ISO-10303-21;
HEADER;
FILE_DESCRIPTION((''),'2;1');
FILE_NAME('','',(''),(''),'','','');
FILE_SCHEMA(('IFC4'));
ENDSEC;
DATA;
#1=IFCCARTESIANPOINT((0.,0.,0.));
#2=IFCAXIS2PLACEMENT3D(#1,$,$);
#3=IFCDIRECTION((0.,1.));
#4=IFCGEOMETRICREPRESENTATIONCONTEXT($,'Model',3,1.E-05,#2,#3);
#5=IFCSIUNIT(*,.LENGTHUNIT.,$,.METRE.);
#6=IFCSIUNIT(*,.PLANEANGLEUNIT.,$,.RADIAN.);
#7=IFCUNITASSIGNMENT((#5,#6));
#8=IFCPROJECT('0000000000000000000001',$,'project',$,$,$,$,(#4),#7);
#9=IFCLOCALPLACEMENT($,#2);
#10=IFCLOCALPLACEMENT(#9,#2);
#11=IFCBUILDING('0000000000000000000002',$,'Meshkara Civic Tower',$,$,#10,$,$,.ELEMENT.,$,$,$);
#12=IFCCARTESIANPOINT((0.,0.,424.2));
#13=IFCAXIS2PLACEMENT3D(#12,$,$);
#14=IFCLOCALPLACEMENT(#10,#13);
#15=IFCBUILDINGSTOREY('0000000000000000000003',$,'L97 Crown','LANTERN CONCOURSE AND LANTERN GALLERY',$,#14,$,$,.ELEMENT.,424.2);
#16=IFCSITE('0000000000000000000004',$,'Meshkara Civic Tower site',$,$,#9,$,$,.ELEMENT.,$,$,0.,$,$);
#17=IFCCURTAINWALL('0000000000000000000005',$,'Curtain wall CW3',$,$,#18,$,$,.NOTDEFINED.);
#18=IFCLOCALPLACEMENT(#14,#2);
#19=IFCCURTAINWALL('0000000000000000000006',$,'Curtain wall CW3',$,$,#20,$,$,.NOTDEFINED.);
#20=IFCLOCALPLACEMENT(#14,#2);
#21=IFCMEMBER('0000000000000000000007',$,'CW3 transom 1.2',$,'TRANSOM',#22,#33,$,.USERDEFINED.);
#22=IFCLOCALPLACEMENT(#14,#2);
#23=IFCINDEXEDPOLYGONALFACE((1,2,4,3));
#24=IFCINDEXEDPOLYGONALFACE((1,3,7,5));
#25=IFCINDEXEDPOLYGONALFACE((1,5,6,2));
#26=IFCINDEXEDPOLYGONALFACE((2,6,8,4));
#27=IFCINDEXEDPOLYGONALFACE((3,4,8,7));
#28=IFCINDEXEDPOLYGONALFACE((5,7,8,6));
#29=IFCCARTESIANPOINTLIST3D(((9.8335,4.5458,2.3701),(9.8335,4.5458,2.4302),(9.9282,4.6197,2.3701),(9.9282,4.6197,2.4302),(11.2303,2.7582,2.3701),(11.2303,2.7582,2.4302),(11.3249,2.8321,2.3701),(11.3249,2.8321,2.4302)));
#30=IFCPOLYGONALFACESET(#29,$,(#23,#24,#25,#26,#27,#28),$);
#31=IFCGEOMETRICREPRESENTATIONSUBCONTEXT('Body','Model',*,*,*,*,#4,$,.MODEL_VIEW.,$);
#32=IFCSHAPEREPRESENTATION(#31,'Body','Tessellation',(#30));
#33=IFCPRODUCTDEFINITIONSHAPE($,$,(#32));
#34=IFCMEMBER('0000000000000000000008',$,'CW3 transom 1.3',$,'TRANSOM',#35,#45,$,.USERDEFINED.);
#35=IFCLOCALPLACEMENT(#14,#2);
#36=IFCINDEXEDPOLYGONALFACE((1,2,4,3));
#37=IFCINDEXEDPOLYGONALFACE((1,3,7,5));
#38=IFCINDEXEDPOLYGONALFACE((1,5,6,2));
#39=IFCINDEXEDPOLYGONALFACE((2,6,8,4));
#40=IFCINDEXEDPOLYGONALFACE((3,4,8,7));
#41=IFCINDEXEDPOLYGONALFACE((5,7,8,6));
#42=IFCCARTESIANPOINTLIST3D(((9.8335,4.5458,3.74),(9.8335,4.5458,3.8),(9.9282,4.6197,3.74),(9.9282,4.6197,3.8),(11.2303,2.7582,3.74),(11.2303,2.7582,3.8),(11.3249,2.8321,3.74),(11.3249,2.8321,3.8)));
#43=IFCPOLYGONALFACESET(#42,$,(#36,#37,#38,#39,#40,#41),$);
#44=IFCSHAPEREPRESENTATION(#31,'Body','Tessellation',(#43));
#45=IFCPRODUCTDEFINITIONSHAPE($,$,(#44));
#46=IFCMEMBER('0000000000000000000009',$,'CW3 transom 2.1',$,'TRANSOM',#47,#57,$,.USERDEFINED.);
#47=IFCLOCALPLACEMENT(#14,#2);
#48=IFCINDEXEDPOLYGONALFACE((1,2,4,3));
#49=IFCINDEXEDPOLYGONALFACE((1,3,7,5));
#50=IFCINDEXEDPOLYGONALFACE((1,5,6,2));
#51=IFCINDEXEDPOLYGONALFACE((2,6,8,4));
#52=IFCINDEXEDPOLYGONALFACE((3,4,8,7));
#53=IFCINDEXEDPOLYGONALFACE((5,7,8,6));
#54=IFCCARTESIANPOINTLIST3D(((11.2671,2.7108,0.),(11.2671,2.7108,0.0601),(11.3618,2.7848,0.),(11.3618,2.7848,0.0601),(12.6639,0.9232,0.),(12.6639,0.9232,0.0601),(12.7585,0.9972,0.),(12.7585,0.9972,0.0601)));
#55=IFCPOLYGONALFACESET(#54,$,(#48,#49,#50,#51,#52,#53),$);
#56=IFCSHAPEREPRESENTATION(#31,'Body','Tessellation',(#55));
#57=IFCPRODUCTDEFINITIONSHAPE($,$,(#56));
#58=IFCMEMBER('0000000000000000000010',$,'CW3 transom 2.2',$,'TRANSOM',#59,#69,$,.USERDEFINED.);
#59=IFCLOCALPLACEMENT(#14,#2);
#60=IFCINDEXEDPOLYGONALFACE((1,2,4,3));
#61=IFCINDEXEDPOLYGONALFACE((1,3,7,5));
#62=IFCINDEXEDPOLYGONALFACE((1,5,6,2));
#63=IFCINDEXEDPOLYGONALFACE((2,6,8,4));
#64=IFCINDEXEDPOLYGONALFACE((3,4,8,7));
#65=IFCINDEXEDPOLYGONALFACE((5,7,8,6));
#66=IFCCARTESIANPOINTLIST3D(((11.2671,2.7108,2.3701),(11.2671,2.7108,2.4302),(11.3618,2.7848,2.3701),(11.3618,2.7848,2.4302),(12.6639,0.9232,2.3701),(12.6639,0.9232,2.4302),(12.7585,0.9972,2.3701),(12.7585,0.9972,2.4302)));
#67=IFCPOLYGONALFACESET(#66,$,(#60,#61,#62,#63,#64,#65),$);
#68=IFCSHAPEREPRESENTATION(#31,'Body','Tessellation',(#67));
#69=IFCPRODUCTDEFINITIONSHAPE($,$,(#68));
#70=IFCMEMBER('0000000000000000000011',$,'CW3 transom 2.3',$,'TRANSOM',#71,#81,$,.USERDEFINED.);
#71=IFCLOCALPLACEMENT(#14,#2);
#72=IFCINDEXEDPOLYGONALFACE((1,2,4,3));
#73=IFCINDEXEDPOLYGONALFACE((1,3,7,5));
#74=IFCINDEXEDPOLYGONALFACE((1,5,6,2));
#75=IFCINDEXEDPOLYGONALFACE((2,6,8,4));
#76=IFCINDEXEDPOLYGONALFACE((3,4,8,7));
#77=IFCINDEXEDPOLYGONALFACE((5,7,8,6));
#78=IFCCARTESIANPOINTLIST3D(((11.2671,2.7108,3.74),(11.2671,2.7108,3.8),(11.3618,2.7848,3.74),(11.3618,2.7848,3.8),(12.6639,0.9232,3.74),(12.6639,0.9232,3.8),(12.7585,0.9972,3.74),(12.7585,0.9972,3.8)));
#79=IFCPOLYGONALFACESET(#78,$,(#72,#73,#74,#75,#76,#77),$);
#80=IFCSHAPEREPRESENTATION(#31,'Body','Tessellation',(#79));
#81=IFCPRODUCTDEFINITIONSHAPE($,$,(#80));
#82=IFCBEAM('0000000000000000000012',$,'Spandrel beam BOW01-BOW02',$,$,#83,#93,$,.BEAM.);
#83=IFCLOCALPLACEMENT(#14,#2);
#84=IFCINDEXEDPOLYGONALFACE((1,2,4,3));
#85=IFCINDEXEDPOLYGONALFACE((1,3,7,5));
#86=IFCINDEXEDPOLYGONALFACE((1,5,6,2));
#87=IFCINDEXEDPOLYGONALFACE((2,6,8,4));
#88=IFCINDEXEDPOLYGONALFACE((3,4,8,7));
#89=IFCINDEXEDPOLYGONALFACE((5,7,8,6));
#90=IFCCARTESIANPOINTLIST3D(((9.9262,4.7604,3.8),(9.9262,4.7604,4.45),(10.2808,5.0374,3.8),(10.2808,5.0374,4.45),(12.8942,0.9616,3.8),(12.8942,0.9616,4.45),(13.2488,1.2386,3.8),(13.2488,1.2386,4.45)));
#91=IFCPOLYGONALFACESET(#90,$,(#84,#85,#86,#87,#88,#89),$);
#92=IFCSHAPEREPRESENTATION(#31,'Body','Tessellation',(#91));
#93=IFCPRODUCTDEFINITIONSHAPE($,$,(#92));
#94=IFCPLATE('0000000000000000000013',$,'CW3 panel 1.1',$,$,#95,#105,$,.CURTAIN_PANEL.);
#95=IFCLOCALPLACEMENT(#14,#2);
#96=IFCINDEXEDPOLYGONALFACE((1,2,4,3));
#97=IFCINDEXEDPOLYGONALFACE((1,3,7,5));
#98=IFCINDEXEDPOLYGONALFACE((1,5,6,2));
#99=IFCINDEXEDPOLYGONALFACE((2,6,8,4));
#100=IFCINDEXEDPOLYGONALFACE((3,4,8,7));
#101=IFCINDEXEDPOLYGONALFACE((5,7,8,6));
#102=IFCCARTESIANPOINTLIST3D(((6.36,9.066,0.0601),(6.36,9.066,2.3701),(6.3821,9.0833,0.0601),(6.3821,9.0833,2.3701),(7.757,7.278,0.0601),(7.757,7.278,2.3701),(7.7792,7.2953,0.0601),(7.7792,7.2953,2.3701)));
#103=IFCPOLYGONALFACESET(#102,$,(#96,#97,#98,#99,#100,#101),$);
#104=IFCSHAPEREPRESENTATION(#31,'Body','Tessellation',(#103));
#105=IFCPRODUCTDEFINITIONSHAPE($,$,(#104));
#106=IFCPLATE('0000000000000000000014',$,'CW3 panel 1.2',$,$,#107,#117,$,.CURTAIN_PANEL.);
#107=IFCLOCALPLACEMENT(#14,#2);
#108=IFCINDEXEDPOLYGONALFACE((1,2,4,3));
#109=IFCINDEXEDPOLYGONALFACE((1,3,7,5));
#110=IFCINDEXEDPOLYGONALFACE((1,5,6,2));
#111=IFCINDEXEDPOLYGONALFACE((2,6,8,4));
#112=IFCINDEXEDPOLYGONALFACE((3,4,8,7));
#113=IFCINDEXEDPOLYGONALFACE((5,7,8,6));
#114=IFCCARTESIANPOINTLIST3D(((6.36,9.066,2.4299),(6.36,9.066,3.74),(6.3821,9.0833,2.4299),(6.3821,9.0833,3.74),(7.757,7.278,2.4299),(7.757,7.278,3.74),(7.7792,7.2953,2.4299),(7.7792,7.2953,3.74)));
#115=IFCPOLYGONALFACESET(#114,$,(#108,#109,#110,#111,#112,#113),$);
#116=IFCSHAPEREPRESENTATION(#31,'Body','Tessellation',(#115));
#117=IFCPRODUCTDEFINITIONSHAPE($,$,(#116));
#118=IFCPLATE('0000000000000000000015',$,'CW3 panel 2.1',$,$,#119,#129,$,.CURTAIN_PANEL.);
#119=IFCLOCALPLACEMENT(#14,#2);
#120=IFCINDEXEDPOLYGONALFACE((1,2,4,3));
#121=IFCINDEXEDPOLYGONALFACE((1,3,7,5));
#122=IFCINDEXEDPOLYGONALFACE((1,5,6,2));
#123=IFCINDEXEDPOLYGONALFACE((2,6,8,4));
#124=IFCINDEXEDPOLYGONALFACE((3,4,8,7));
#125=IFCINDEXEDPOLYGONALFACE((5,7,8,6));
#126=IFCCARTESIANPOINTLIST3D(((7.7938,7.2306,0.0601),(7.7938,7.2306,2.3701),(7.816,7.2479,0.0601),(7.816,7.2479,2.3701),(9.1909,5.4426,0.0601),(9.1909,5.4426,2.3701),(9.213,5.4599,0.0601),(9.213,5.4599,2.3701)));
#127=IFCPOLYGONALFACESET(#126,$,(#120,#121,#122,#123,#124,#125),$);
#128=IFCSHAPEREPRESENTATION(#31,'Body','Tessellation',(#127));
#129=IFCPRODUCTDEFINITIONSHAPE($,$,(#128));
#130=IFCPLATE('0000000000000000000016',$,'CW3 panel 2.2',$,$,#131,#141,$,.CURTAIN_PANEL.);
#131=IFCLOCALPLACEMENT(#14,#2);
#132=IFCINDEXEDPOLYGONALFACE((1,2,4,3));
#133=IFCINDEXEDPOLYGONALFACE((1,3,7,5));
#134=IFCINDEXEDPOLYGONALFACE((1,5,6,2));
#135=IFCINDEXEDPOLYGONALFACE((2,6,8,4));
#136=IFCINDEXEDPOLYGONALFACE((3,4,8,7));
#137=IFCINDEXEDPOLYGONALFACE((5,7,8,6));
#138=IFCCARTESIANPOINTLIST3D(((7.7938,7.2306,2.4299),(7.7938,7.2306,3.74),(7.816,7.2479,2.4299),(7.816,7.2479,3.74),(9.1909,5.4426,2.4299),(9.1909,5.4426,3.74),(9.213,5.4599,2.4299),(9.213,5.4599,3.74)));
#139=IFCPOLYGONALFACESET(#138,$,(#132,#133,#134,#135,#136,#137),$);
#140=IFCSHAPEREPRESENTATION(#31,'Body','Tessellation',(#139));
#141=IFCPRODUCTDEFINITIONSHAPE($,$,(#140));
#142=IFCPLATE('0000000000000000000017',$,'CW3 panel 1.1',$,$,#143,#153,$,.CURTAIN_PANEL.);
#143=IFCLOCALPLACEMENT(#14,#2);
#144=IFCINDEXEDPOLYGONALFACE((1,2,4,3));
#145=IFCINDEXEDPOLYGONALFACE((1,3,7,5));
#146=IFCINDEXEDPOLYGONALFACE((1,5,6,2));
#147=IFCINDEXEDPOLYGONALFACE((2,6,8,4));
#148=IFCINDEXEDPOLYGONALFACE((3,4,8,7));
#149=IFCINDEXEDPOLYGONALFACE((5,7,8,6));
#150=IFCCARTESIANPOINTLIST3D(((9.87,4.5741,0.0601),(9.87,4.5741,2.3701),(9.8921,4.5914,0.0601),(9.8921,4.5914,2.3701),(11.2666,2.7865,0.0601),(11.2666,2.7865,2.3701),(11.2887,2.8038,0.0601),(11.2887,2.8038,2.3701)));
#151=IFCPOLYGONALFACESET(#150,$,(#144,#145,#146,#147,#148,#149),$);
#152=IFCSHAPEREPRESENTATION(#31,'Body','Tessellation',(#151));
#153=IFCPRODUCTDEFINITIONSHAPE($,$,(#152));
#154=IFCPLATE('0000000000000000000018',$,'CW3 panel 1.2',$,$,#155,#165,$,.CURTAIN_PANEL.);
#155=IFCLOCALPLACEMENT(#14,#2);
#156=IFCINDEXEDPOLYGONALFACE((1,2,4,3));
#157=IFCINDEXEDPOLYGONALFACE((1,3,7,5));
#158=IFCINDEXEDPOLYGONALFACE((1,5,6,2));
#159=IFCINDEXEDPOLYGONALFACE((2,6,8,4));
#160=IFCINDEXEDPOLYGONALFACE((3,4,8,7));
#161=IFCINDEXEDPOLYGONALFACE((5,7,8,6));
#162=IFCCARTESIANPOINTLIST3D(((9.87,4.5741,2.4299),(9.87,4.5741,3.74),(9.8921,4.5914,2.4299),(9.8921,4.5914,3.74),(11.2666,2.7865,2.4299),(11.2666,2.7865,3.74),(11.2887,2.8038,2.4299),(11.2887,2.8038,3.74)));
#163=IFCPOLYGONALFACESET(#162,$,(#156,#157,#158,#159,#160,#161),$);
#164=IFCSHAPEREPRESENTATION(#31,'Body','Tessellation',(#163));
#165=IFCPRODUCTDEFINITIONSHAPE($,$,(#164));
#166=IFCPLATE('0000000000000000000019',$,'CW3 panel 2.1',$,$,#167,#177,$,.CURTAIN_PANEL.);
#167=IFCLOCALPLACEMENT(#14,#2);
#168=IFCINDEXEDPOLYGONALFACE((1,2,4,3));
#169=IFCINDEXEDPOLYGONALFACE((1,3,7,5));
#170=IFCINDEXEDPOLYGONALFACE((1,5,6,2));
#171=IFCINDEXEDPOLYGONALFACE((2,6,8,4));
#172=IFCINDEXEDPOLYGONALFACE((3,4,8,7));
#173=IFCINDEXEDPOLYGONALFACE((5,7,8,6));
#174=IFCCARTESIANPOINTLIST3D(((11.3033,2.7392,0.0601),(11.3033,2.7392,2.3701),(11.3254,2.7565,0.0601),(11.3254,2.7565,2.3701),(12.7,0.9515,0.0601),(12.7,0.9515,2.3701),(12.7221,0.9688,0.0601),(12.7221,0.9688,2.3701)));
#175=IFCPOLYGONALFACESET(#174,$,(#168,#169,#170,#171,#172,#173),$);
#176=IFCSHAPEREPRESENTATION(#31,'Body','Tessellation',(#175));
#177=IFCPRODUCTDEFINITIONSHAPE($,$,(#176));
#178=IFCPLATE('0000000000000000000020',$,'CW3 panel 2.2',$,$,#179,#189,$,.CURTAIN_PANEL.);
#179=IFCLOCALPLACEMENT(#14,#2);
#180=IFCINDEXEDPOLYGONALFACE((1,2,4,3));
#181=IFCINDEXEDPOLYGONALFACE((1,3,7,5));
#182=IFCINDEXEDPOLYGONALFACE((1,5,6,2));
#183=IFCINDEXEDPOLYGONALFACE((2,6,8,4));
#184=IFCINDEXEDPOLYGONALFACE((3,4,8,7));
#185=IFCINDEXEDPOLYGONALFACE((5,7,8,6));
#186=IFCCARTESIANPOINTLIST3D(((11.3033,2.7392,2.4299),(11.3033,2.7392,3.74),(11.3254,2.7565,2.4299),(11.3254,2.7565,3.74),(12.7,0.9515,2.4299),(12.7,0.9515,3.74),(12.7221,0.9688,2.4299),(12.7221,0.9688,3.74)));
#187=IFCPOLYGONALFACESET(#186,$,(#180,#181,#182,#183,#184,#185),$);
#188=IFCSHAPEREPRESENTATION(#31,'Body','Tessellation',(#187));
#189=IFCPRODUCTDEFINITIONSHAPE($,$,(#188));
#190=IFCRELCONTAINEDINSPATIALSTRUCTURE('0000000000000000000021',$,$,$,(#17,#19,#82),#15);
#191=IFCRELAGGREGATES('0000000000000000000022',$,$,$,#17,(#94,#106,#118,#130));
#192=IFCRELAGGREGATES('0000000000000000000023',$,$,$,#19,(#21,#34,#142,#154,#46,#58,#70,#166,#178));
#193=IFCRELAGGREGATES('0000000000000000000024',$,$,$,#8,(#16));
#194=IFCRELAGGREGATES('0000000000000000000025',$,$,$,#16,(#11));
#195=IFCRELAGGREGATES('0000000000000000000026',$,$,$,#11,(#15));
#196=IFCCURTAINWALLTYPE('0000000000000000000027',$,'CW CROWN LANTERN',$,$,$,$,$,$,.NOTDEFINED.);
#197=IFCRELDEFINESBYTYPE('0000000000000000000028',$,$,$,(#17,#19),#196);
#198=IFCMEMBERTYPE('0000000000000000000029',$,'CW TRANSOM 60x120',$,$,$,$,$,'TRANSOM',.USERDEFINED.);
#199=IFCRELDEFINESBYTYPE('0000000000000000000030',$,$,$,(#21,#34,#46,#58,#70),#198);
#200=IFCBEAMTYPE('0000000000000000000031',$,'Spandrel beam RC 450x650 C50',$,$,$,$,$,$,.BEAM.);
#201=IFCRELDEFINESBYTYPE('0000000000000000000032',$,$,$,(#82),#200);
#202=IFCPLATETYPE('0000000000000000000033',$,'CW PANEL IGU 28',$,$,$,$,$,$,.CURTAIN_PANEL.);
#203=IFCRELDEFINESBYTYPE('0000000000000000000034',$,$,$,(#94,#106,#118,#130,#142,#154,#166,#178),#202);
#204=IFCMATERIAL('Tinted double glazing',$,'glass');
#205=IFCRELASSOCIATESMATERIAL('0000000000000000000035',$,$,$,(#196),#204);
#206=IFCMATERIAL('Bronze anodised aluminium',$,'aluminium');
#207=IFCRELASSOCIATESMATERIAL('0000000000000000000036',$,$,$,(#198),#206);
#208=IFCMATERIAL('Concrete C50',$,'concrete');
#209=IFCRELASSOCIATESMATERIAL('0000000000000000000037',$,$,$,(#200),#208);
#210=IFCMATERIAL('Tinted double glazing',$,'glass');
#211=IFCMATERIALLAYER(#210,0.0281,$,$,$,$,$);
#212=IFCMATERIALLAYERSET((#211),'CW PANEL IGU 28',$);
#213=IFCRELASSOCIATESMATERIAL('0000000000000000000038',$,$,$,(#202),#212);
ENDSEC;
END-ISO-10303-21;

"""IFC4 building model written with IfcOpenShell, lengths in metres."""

from ifc_helpers import new_model, si_unit, direction, frame, origin, origin_2d, place, context, subcontext, project, spatial, rectangle, extrude, material, layer, layer_set, material_profile, profile_set, type_object, element, aggregate, save


model = new_model("IFC4")

# Units and contexts
model_context = context("Model", 3, precision=1e-05, world=origin(), true_north=direction((0.0, 1.0)))
body_context = subcontext(model_context, "Body", "Model", "MODEL_VIEW")
ifc_project = project(units=[si_unit("LENGTHUNIT", "METRE"), si_unit("PLANEANGLEUNIT", "RADIAN")], contexts=[model_context])

# Site, building, storey
site_placement = place(None, origin())
site = spatial("IfcSite", under=ifc_project, at=site_placement, Name="Meshkara Civic Tower site", CompositionType="ELEMENT", RefElevation=0.0)
building_placement = place(site_placement, origin())
building = spatial("IfcBuilding", under=site, at=building_placement, Name="Meshkara Civic Tower", CompositionType="ELEMENT")
storey_placement = place(building_placement, frame((0.0, 0.0, 424.2)))
storey = spatial("IfcBuildingStorey", under=building, at=storey_placement, Name="L97 Crown", Description="LANTERN CONCOURSE AND LANTERN GALLERY", CompositionType="ELEMENT", Elevation=424.2)

# Curtain walls
ifc_material_1 = material(Name="Tinted double glazing", Category="glass")
curtain_wall_type = type_object("IfcCurtainWallType", Name="CW CROWN LANTERN", PredefinedType="NOTDEFINED", material=ifc_material_1)
curtain_wall_1_placement = place(storey_placement, origin())
curtain_wall_1 = element("IfcCurtainWall", 1, at=curtain_wall_1_placement, inside=storey, type_object=curtain_wall_type, Name="Curtain wall CW3", PredefinedType="NOTDEFINED")
curtain_wall_2_placement = place(storey_placement, origin())
curtain_wall_2 = element("IfcCurtainWall", 2, at=curtain_wall_2_placement, inside=storey, type_object=curtain_wall_type, Name="Curtain wall CW3", PredefinedType="NOTDEFINED")

# Members
ifc_material_2 = material(Name="Bronze anodised aluminium", Category="aluminium")
ifc_material_profile_1 = material_profile(ifc_material_2, rectangle(XDim=0.1201, YDim=0.0601, at=origin_2d()))
ifc_profile_set_1 = profile_set([ifc_material_profile_1], Name="Bronze anodised aluminium")
member_type_1 = type_object("IfcMemberType", Name="CW TRANSOM 60x120", ElementType="TRANSOM", PredefinedType="USERDEFINED", material=ifc_profile_set_1)
member_1_placement = place(storey_placement, frame((9.8809, 4.5828, 2.4001), z_axis=(0.61569, -0.787988, 0.0), x_axis=(0.787988, 0.61569, 0.0)))
member_1 = element("IfcMember", 3, at=member_1_placement, type_object=member_type_1, Name="CW3 transom 1.2", ObjectType="TRANSOM", PredefinedType="USERDEFINED", context=body_context, shape_type="SweptSolid", body=[
    extrude(rectangle(XDim=0.1201, YDim=0.0601, at=origin_2d()), origin(), (0.0, 0.0, 1.0), 2.2686),
])
member_2_placement = place(storey_placement, frame((9.8809, 4.5828, 3.77), z_axis=(0.61569, -0.787988, 0.0), x_axis=(0.787988, 0.61569, 0.0)))
member_2 = element("IfcMember", 4, at=member_2_placement, type_object=member_type_1, Name="CW3 transom 1.3", ObjectType="TRANSOM", PredefinedType="USERDEFINED", context=body_context, shape_type="SweptSolid", body=[
    extrude(rectangle(XDim=0.1201, YDim=0.0601, at=origin_2d()), origin(), (0.0, 0.0, 1.0), 2.2686),
])
member_3_placement = place(storey_placement, frame((11.3145, 2.7478, 0.03), z_axis=(0.61569, -0.787988, 0.0), x_axis=(0.787988, 0.61569, 0.0)))
member_3 = element("IfcMember", 5, at=member_3_placement, type_object=member_type_1, Name="CW3 transom 2.1", ObjectType="TRANSOM", PredefinedType="USERDEFINED", context=body_context, shape_type="SweptSolid", body=[
    extrude(rectangle(XDim=0.1201, YDim=0.0601, at=origin_2d()), origin(), (0.0, 0.0, 1.0), 2.2686),
])
member_4_placement = place(storey_placement, frame((11.3145, 2.7478, 2.4001), z_axis=(0.61569, -0.787988, 0.0), x_axis=(0.787988, 0.61569, 0.0)))
member_4 = element("IfcMember", 6, at=member_4_placement, type_object=member_type_1, Name="CW3 transom 2.2", ObjectType="TRANSOM", PredefinedType="USERDEFINED", context=body_context, shape_type="SweptSolid", body=[
    extrude(rectangle(XDim=0.1201, YDim=0.0601, at=origin_2d()), origin(), (0.0, 0.0, 1.0), 2.2686),
])
member_5_placement = place(storey_placement, frame((11.3145, 2.7478, 3.77), z_axis=(0.61569, -0.787988, 0.0), x_axis=(0.787988, 0.61569, 0.0)))
member_5 = element("IfcMember", 7, at=member_5_placement, type_object=member_type_1, Name="CW3 transom 2.3", ObjectType="TRANSOM", PredefinedType="USERDEFINED", context=body_context, shape_type="SweptSolid", body=[
    extrude(rectangle(XDim=0.1201, YDim=0.0601, at=origin_2d()), origin(), (0.0, 0.0, 1.0), 2.2686),
])

# Beam
ifc_material_3 = material(Name="Concrete C50", Category="concrete")
ifc_material_profile_2 = material_profile(ifc_material_3, rectangle(XDim=0.45, YDim=0.6499, at=origin_2d()))
ifc_profile_set_2 = profile_set([ifc_material_profile_2], Name="Concrete C50")
beam_type = type_object("IfcBeamType", Name="Spandrel beam RC 450x650 C50", PredefinedType="BEAM", material=ifc_profile_set_2)
beam_placement = place(storey_placement, frame((10.1035, 4.8989, 4.125), z_axis=(0.615668, -0.788006, 0.0), x_axis=(0.788006, 0.615668, 0.0)))
element("IfcBeam", 8, at=beam_placement, inside=storey, type_object=beam_type, Name="Spandrel beam BOW01-BOW02", PredefinedType="BEAM", context=body_context, shape_type="SweptSolid", body=[
    extrude(rectangle(XDim=0.45, YDim=0.6499, at=origin_2d()), origin(), (0.0, 0.0, 1.0), 4.8208),
])

# Plates
ifc_material_4 = material(Name="Tinted double glazing", Category="glass")
ifc_layer_1 = layer(ifc_material_4, 0.0281)
ifc_layer_set_1 = layer_set([ifc_layer_1], Name="CW PANEL IGU 28")
plate_type = type_object("IfcPlateType", Name="CW PANEL IGU 28", PredefinedType="CURTAIN_PANEL", material=ifc_layer_set_1)
plate_1_placement = place(storey_placement, frame((7.0696, 8.1807, 0.0601), z_axis=(0.0, 0.0, 1.0), x_axis=(0.615685, -0.787992, 0.0)))
plate_1 = element("IfcPlate", 9, at=plate_1_placement, type_object=plate_type, Name="CW3 panel 1.1", PredefinedType="CURTAIN_PANEL", context=body_context, shape_type="SweptSolid", body=[
    extrude(rectangle(XDim=2.269, YDim=0.0281, at=origin_2d()), origin(), (0.0, 0.0, 1.0), 2.3101),
])
plate_2_placement = place(storey_placement, frame((7.0696, 8.1807, 2.4299), z_axis=(0.0, 0.0, 1.0), x_axis=(0.615685, -0.787992, 0.0)))
plate_2 = element("IfcPlate", 10, at=plate_2_placement, type_object=plate_type, Name="CW3 panel 1.2", PredefinedType="CURTAIN_PANEL", context=body_context, shape_type="SweptSolid", body=[
    extrude(rectangle(XDim=2.269, YDim=0.0281, at=origin_2d()), origin(), (0.0, 0.0, 1.0), 1.3101),
])
plate_3_placement = place(storey_placement, frame((8.5034, 6.3452, 0.0601), z_axis=(0.0, 0.0, 1.0), x_axis=(0.615685, -0.787992, 0.0)))
plate_3 = element("IfcPlate", 11, at=plate_3_placement, type_object=plate_type, Name="CW3 panel 2.1", PredefinedType="CURTAIN_PANEL", context=body_context, shape_type="SweptSolid", body=[
    extrude(rectangle(XDim=2.269, YDim=0.0281, at=origin_2d()), origin(), (0.0, 0.0, 1.0), 2.3101),
])
plate_4_placement = place(storey_placement, frame((8.5034, 6.3452, 2.4299), z_axis=(0.0, 0.0, 1.0), x_axis=(0.615685, -0.787992, 0.0)))
plate_4 = element("IfcPlate", 12, at=plate_4_placement, type_object=plate_type, Name="CW3 panel 2.2", PredefinedType="CURTAIN_PANEL", context=body_context, shape_type="SweptSolid", body=[
    extrude(rectangle(XDim=2.269, YDim=0.0281, at=origin_2d()), origin(), (0.0, 0.0, 1.0), 1.3101),
])
aggregate(curtain_wall_1, [plate_1, plate_2, plate_3, plate_4])
plate_5_placement = place(storey_placement, frame((10.5793, 3.689, 0.0601), z_axis=(0.0, 0.0, 1.0), x_axis=(0.615656, -0.788015, 0.0)))
plate_5 = element("IfcPlate", 13, at=plate_5_placement, type_object=plate_type, Name="CW3 panel 1.1", PredefinedType="CURTAIN_PANEL", context=body_context, shape_type="SweptSolid", body=[
    extrude(rectangle(XDim=2.2686, YDim=0.0281, at=origin_2d()), origin(), (0.0, 0.0, 1.0), 2.3101),
])
plate_6_placement = place(storey_placement, frame((10.5793, 3.689, 2.4299), z_axis=(0.0, 0.0, 1.0), x_axis=(0.615656, -0.788015, 0.0)))
plate_6 = element("IfcPlate", 14, at=plate_6_placement, type_object=plate_type, Name="CW3 panel 1.2", PredefinedType="CURTAIN_PANEL", context=body_context, shape_type="SweptSolid", body=[
    extrude(rectangle(XDim=2.2686, YDim=0.0281, at=origin_2d()), origin(), (0.0, 0.0, 1.0), 1.3101),
])
plate_7_placement = place(storey_placement, frame((12.0127, 1.854, 0.0601), z_axis=(0.0, 0.0, 1.0), x_axis=(0.615656, -0.788015, 0.0)))
plate_7 = element("IfcPlate", 15, at=plate_7_placement, type_object=plate_type, Name="CW3 panel 2.1", PredefinedType="CURTAIN_PANEL", context=body_context, shape_type="SweptSolid", body=[
    extrude(rectangle(XDim=2.2686, YDim=0.0281, at=origin_2d()), origin(), (0.0, 0.0, 1.0), 2.3101),
])
plate_8_placement = place(storey_placement, frame((12.0127, 1.854, 2.4299), z_axis=(0.0, 0.0, 1.0), x_axis=(0.615656, -0.788015, 0.0)))
plate_8 = element("IfcPlate", 16, at=plate_8_placement, type_object=plate_type, Name="CW3 panel 2.2", PredefinedType="CURTAIN_PANEL", context=body_context, shape_type="SweptSolid", body=[
    extrude(rectangle(XDim=2.2686, YDim=0.0281, at=origin_2d()), origin(), (0.0, 0.0, 1.0), 1.3101),
])
aggregate(curtain_wall_2, [member_1, member_2, plate_5, plate_6, member_3, member_4, member_5, plate_7, plate_8])

save(model, "model.ifc")
